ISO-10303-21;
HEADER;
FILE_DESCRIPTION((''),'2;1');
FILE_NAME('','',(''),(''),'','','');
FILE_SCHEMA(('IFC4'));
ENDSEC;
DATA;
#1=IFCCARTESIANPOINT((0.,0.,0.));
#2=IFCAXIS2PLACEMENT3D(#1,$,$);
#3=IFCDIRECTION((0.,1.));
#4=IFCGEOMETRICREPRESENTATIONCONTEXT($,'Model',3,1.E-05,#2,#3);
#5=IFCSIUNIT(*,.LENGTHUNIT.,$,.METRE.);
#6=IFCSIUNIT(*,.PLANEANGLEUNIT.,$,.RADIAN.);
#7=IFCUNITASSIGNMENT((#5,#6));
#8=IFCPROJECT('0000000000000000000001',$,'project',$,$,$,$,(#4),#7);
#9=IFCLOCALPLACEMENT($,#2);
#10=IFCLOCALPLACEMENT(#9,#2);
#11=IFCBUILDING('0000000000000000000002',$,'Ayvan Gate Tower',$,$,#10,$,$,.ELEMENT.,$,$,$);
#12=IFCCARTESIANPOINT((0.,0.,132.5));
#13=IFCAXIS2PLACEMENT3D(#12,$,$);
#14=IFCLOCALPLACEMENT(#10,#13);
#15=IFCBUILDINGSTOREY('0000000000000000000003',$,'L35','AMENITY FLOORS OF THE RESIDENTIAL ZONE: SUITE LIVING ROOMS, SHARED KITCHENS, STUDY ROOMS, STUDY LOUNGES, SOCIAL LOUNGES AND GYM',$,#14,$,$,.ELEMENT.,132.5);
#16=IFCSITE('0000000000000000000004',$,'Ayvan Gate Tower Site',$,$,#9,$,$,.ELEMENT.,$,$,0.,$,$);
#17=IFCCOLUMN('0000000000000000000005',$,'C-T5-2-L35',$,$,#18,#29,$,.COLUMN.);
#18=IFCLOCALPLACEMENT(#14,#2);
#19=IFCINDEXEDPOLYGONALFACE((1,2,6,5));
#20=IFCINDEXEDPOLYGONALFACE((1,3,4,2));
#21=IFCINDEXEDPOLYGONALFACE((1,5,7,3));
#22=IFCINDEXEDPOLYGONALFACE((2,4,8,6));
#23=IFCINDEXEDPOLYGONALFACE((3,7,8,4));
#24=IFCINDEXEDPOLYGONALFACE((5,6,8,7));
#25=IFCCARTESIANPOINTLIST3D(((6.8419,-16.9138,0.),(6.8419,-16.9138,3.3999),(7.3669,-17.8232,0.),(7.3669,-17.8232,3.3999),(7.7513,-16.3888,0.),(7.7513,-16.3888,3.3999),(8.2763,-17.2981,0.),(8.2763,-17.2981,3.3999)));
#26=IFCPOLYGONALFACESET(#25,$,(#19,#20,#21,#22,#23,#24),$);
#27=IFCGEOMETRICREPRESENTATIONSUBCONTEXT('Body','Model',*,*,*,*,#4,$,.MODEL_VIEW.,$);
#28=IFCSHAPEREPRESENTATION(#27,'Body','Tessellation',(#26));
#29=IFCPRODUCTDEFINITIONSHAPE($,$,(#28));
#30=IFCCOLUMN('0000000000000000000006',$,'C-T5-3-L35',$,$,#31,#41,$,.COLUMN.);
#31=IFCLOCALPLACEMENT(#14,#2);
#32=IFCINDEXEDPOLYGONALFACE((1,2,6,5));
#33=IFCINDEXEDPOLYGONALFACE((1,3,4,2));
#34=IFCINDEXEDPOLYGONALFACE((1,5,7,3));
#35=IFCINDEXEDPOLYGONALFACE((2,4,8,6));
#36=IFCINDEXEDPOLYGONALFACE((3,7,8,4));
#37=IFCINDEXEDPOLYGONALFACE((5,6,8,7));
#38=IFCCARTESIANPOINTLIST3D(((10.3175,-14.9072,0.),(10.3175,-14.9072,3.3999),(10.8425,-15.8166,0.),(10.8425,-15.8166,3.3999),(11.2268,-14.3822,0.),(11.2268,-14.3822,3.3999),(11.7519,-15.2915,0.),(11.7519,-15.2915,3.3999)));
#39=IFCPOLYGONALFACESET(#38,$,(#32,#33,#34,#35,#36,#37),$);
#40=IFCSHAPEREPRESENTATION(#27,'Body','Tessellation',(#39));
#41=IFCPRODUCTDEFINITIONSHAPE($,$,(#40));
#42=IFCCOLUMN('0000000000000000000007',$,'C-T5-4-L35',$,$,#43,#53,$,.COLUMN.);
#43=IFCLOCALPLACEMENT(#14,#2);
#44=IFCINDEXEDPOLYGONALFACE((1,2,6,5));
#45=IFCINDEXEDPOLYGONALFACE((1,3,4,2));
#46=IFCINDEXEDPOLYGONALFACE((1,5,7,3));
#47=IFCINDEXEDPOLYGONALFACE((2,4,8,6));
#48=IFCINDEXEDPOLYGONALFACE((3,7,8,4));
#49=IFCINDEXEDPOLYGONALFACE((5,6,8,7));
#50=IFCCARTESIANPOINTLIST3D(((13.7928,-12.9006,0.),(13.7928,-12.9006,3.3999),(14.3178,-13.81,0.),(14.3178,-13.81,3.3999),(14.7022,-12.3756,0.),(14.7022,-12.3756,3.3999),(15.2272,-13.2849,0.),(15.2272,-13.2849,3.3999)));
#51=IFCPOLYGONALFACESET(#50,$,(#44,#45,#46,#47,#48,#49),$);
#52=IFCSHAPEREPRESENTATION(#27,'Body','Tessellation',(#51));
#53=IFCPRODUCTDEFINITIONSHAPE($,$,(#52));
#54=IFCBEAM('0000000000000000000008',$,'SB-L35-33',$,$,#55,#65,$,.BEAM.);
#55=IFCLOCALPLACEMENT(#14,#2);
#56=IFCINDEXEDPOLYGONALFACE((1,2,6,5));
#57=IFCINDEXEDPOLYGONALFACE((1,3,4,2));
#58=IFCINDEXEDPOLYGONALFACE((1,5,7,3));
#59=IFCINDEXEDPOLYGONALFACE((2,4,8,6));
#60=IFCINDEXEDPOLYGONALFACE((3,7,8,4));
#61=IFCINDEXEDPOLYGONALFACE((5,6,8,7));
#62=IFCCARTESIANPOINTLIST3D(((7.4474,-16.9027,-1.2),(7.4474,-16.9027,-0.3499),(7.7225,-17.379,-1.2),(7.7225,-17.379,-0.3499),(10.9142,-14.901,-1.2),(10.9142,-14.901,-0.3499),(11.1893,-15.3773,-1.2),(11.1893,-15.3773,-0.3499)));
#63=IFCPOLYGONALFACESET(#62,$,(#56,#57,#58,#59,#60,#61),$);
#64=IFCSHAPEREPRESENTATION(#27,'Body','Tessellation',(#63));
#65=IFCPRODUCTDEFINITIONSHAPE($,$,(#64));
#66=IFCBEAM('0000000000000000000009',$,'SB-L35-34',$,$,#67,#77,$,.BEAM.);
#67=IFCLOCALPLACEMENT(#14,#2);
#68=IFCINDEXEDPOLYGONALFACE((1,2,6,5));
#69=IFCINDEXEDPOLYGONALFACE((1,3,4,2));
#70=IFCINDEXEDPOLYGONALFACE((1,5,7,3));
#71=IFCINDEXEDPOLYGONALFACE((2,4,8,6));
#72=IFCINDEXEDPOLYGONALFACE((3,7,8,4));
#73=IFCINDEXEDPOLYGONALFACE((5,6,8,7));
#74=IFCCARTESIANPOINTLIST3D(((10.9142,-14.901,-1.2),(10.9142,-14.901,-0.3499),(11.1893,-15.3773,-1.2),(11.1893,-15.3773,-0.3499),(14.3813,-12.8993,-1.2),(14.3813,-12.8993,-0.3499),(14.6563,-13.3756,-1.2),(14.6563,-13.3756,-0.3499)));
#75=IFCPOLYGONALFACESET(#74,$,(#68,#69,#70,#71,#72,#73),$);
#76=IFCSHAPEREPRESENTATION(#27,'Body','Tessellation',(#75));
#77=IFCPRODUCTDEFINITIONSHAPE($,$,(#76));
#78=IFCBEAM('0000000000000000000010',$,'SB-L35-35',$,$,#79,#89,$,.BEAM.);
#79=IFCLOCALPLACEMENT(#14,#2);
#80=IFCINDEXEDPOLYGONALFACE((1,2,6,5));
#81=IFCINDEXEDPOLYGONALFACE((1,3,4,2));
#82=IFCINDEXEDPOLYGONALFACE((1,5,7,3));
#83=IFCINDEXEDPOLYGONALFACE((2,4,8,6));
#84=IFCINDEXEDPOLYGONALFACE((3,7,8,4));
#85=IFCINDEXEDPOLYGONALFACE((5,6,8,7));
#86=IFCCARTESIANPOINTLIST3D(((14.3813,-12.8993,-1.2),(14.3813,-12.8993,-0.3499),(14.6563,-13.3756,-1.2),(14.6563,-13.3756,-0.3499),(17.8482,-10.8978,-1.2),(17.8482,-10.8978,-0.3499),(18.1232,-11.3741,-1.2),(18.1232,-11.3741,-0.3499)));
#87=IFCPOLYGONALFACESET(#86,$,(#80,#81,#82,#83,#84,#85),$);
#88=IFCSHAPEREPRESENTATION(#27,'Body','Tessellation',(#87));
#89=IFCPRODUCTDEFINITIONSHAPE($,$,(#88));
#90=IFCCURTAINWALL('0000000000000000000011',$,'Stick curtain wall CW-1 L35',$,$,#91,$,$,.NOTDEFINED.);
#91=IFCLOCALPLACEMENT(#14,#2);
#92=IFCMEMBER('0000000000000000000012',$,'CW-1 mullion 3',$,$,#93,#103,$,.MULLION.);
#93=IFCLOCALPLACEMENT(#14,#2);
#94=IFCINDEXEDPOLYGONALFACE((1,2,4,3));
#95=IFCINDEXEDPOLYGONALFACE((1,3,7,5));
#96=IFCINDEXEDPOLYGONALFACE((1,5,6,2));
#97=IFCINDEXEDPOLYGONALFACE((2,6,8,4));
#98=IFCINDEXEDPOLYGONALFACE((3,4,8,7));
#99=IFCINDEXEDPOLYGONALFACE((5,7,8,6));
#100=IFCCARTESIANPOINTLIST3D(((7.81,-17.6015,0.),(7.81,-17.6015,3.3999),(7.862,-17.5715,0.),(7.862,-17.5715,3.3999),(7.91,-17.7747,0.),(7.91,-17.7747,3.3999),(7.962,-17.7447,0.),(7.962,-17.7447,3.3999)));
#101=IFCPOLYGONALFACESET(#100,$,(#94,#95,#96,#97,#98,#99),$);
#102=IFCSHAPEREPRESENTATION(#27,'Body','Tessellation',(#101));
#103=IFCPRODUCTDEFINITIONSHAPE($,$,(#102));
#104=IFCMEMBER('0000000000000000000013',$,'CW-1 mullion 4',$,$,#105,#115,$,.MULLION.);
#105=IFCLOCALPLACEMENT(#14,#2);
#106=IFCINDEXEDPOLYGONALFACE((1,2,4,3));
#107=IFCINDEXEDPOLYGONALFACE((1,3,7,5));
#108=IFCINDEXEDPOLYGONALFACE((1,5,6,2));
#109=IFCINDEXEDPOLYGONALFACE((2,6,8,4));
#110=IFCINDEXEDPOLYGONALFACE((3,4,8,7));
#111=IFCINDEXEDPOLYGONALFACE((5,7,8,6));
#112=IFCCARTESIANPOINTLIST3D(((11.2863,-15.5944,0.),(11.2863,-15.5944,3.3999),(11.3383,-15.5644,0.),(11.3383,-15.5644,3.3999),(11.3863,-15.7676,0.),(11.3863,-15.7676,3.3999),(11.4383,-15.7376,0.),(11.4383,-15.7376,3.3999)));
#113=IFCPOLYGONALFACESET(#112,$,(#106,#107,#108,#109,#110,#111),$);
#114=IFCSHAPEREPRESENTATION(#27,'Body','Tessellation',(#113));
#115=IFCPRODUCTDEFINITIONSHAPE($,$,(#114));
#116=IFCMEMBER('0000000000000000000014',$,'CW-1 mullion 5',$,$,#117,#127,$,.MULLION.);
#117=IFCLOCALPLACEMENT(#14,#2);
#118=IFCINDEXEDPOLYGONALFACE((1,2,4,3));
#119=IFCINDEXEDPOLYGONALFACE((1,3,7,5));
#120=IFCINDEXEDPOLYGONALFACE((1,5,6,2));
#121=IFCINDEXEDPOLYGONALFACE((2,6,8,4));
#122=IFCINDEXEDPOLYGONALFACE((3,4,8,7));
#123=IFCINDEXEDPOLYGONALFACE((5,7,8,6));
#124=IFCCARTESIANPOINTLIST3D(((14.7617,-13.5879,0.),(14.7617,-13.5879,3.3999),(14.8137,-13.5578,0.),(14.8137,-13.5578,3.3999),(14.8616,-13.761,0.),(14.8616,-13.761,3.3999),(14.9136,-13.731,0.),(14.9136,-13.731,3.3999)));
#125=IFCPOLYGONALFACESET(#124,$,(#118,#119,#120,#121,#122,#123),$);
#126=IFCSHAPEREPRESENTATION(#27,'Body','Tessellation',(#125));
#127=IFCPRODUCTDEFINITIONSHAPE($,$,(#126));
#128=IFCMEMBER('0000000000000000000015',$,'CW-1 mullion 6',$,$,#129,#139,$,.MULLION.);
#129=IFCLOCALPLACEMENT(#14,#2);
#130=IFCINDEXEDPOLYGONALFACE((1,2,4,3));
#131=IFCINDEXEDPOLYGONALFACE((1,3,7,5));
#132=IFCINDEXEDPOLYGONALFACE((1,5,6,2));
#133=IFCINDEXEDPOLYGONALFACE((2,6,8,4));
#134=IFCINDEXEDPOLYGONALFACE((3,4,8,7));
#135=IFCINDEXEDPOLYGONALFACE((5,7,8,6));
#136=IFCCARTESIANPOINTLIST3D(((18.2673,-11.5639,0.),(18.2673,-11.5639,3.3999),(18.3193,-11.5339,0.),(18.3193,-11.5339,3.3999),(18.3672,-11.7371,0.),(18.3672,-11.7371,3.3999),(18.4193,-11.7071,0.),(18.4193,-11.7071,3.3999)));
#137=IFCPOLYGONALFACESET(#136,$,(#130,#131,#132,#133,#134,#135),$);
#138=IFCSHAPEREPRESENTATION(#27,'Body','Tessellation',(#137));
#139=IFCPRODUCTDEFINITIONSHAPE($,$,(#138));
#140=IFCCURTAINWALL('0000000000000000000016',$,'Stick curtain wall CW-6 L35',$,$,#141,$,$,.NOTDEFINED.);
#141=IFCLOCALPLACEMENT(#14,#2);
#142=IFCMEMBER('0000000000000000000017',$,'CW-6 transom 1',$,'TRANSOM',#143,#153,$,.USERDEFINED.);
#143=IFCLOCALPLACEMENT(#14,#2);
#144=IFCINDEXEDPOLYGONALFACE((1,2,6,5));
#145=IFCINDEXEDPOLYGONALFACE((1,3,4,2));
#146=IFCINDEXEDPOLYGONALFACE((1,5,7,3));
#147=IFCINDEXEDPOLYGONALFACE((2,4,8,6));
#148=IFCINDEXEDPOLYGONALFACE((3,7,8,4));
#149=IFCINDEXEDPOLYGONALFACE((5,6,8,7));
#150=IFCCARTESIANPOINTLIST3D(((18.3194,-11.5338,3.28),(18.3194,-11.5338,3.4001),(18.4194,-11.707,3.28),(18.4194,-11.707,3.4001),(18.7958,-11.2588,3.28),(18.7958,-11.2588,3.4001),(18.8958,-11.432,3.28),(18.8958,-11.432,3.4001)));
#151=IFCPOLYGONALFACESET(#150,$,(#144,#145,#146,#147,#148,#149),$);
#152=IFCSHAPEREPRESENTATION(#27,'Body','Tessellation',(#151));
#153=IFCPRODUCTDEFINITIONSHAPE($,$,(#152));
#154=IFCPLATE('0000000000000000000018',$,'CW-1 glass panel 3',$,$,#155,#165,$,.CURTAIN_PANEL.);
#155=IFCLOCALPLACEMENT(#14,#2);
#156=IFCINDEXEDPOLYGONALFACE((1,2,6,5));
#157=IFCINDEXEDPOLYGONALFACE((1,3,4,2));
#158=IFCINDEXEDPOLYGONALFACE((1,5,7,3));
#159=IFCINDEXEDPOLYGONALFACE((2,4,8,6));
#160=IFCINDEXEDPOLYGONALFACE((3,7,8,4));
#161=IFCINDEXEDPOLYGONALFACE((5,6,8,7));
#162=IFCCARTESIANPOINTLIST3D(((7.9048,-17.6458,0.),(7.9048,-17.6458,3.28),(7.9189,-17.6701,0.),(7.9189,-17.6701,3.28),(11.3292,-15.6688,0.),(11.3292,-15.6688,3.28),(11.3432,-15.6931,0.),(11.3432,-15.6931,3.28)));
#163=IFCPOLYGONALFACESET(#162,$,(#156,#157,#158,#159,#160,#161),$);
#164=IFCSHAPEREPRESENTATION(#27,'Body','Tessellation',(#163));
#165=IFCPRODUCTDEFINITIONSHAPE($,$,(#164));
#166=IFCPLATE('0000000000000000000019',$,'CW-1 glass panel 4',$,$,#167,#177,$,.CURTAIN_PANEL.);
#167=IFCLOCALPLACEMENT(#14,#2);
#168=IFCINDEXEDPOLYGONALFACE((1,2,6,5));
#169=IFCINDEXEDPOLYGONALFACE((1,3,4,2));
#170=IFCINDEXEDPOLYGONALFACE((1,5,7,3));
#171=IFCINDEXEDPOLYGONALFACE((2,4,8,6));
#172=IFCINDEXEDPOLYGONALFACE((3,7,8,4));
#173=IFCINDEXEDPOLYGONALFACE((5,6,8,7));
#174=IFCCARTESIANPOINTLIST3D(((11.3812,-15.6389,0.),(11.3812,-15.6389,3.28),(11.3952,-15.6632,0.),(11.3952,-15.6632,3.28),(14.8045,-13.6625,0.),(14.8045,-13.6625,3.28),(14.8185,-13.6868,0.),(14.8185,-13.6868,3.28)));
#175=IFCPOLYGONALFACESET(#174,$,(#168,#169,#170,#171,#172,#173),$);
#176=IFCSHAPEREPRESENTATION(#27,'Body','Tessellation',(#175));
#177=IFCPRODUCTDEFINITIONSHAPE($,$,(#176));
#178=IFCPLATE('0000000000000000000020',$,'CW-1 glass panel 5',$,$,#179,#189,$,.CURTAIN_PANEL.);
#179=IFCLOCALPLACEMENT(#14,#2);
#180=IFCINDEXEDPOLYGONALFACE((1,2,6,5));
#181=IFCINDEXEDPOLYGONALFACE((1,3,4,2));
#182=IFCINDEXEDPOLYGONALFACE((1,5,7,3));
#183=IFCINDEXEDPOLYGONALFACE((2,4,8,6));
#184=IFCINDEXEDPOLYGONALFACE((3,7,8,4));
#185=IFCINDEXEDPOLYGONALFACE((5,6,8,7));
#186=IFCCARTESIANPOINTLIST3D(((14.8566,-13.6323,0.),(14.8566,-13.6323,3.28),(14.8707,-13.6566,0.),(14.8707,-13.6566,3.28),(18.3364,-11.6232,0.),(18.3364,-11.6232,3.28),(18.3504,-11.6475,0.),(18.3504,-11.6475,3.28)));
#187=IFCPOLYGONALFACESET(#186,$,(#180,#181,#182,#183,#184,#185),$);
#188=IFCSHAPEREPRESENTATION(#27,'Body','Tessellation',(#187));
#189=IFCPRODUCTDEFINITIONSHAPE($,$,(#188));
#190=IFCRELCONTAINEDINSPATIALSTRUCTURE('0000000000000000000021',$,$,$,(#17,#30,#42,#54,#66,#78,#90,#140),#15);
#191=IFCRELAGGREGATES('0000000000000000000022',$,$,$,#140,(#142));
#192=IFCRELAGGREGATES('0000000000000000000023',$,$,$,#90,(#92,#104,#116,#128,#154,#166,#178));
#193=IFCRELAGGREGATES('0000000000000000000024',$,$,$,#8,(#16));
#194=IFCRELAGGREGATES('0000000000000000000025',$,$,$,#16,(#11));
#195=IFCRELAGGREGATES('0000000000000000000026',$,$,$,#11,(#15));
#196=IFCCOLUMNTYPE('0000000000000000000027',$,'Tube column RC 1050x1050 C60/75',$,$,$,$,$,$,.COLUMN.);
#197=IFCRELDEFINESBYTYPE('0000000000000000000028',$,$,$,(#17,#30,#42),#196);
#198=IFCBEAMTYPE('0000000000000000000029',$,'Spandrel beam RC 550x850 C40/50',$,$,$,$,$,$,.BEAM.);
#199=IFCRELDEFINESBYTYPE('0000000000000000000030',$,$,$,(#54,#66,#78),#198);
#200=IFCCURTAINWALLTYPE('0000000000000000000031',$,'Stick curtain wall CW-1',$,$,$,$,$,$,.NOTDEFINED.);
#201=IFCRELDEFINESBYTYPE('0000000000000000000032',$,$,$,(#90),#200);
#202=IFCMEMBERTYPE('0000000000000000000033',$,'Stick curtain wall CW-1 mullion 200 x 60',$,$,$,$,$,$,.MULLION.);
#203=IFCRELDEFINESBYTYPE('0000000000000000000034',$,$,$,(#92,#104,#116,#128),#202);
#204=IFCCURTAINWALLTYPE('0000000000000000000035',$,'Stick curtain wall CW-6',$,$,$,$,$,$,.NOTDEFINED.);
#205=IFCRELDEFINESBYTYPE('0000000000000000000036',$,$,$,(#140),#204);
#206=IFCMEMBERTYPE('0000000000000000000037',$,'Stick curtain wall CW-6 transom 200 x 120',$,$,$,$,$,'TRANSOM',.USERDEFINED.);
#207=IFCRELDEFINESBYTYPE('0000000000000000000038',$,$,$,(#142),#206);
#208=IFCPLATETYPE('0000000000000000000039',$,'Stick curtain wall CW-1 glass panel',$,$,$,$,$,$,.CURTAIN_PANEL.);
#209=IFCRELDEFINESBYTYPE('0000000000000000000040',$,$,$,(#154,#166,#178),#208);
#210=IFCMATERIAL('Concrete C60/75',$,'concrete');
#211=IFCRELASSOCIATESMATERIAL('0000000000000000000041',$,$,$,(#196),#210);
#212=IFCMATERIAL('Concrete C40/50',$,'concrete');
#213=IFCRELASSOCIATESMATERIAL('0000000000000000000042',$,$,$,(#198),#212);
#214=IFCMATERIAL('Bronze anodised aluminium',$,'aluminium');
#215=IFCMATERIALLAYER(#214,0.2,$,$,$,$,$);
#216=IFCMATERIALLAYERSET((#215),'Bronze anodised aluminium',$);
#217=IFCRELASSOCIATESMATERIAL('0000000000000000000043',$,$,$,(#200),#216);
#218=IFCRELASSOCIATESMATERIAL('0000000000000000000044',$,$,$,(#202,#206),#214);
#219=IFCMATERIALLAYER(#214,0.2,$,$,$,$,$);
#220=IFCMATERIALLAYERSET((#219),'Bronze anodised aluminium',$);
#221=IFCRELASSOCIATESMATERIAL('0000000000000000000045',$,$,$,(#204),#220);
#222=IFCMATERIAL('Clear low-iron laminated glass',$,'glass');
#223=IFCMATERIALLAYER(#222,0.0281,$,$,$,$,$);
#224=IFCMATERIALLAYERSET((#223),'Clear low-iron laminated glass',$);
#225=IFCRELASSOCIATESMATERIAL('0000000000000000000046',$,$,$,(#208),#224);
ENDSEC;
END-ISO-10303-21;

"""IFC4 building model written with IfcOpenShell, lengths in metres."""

from ifc_helpers import new_model, si_unit, direction, frame, origin, origin_2d, place, context, subcontext, project, spatial, rectangle, extrude, material, layer, layer_set, material_profile, profile_set, type_object, element, aggregate, save


model = new_model("IFC4")

# Units and contexts
model_context = context("Model", 3, precision=1e-05, world=origin(), true_north=direction((0.0, 1.0)))
body_context = subcontext(model_context, "Body", "Model", "MODEL_VIEW")
ifc_project = project(units=[si_unit("LENGTHUNIT", "METRE"), si_unit("PLANEANGLEUNIT", "RADIAN")], contexts=[model_context])

# Site, building, storey
site_placement = place(None, origin())
site = spatial("IfcSite", under=ifc_project, at=site_placement, Name="Ayvan Gate Tower Site", CompositionType="ELEMENT", RefElevation=0.0)
building_placement = place(site_placement, origin())
building = spatial("IfcBuilding", under=site, at=building_placement, Name="Ayvan Gate Tower", CompositionType="ELEMENT")
storey_placement = place(building_placement, frame((0.0, 0.0, 132.5)))
storey = spatial("IfcBuildingStorey", under=building, at=storey_placement, Name="L35", Description="AMENITY FLOORS OF THE RESIDENTIAL ZONE: SUITE LIVING ROOMS, SHARED KITCHENS, STUDY ROOMS, STUDY LOUNGES, SOCIAL LOUNGES AND GYM", CompositionType="ELEMENT", Elevation=132.5)

# Columns
ifc_material_1 = material(Name="Concrete C60/75", Category="concrete")
ifc_material_profile_1 = material_profile(ifc_material_1, rectangle(XDim=1.05, YDim=1.05, at=origin_2d()), Name="RC 1050x1050")
ifc_profile_set_1 = profile_set([ifc_material_profile_1], Name="Concrete C60/75")
column_type = type_object("IfcColumnType", Name="Tube column RC 1050x1050 C60/75", PredefinedType="COLUMN", material=ifc_profile_set_1)
for number, where, z_axis, x_axis, name in (
    (1, (7.5591, -17.106, 0.0), (0.0, 0.0, 1.0), (0.5, -0.866025, 0.0), "C-T5-2-L35"),
    (2, (11.0347, -15.0994, 0.0), (0.0, 0.0, 1.0), (0.5, -0.866025, 0.0), "C-T5-3-L35"),
    (3, (14.51, -13.0928, 0.0), (0.0, 0.0, 1.0), (0.5, -0.866025, 0.0), "C-T5-4-L35"),
):
    element("IfcColumn", number, at=place(storey_placement, frame(where, z_axis=z_axis, x_axis=x_axis)), inside=storey, type_object=column_type, Name=name, PredefinedType="COLUMN", context=body_context, shape_type="SweptSolid", body=[
        extrude(rectangle(XDim=1.05, YDim=1.05, at=origin_2d()), origin(), (0.0, 0.0, 1.0), 3.3999),
    ])

# Beams
ifc_material_2 = material(Name="Concrete C40/50", Category="concrete")
ifc_material_profile_2 = material_profile(ifc_material_2, rectangle(XDim=0.55, YDim=0.8501, at=origin_2d()), Name="RC 550x850")
ifc_profile_set_2 = profile_set([ifc_material_profile_2], Name="Concrete C40/50")
beam_type = type_object("IfcBeamType", Name="Spandrel beam RC 550x850 C40/50", PredefinedType="BEAM", material=ifc_profile_set_2)
beam_1_placement = place(storey_placement, frame((7.585, -17.1409, -0.7749), z_axis=(0.866009, 0.500029, 0.0), x_axis=(-0.500029, 0.866009, 0.0)))
element("IfcBeam", 4, at=beam_1_placement, inside=storey, type_object=beam_type, Name="SB-L35-33", PredefinedType="BEAM", context=body_context, shape_type="SweptSolid", body=[
    extrude(rectangle(XDim=0.55, YDim=0.8501, at=origin_2d()), origin(), (0.0, 0.0, 1.0), 4.0032),
])
beam_2_placement = place(storey_placement, frame((11.0518, -15.1392, -0.7749), z_axis=(0.866024, 0.500002, 0.0), x_axis=(-0.500002, 0.866024, 0.0)))
element("IfcBeam", 5, at=beam_2_placement, inside=storey, type_object=beam_type, Name="SB-L35-34", PredefinedType="BEAM", context=body_context, shape_type="SweptSolid", body=[
    extrude(rectangle(XDim=0.55, YDim=0.8501, at=origin_2d()), origin(), (0.0, 0.0, 1.0), 4.0034),
])
beam_3_placement = place(storey_placement, frame((14.5188, -13.1375, -0.7749), z_axis=(0.866035, 0.499983, 0.0), x_axis=(-0.499983, 0.866035, 0.0)))
element("IfcBeam", 6, at=beam_3_placement, inside=storey, type_object=beam_type, Name="SB-L35-35", PredefinedType="BEAM", context=body_context, shape_type="SweptSolid", body=[
    extrude(rectangle(XDim=0.55, YDim=0.8501, at=origin_2d()), origin(), (0.0, 0.0, 1.0), 4.0032),
])

# Curtain wall, members
ifc_material_3 = material(Name="Bronze anodised aluminium", Category="aluminium")
ifc_layer_1 = layer(ifc_material_3, 0.2)
ifc_layer_set_1 = layer_set([ifc_layer_1], Name="Bronze anodised aluminium")
curtain_wall_type_1 = type_object("IfcCurtainWallType", Name="Stick curtain wall CW-1", PredefinedType="NOTDEFINED", material=ifc_layer_set_1)
curtain_wall_1_placement = place(storey_placement, origin())
curtain_wall_1 = element("IfcCurtainWall", 7, at=curtain_wall_1_placement, inside=storey, type_object=curtain_wall_type_1, Name="Stick curtain wall CW-1 L35", PredefinedType="NOTDEFINED")
ifc_material_profile_3 = material_profile(ifc_material_3, rectangle(XDim=0.2, YDim=0.0601, at=origin_2d()), Name="Stick curtain wall CW-1 mullion 200 x 60")
ifc_profile_set_3 = profile_set([ifc_material_profile_3], Name="Bronze anodised aluminium")
member_type_1 = type_object("IfcMemberType", Name="Stick curtain wall CW-1 mullion 200 x 60", PredefinedType="MULLION", material=ifc_profile_set_3)
member_1_placement = place(storey_placement, frame((7.886, -17.6731, 0.0), z_axis=(0.0, 0.0, 1.0), x_axis=(0.5, -0.866025, 0.0)))
member_1 = element("IfcMember", 8, at=member_1_placement, type_object=member_type_1, Name="CW-1 mullion 3", PredefinedType="MULLION", context=body_context, shape_type="SweptSolid", body=[
    extrude(rectangle(XDim=0.2, YDim=0.0601, at=origin_2d()), origin(), (0.0, 0.0, 1.0), 3.3999),
])
member_2_placement = place(storey_placement, frame((11.3623, -15.666, 0.0), z_axis=(0.0, 0.0, 1.0), x_axis=(0.5, -0.866025, 0.0)))
member_2 = element("IfcMember", 9, at=member_2_placement, type_object=member_type_1, Name="CW-1 mullion 4", PredefinedType="MULLION", context=body_context, shape_type="SweptSolid", body=[
    extrude(rectangle(XDim=0.2, YDim=0.0601, at=origin_2d()), origin(), (0.0, 0.0, 1.0), 3.3999),
])
member_3_placement = place(storey_placement, frame((14.8376, -13.6594, 0.0), z_axis=(0.0, 0.0, 1.0), x_axis=(0.5, -0.866025, 0.0)))
member_3 = element("IfcMember", 10, at=member_3_placement, type_object=member_type_1, Name="CW-1 mullion 5", PredefinedType="MULLION", context=body_context, shape_type="SweptSolid", body=[
    extrude(rectangle(XDim=0.2, YDim=0.0601, at=origin_2d()), origin(), (0.0, 0.0, 1.0), 3.3999),
])
member_4_placement = place(storey_placement, frame((18.3433, -11.6355, 0.0), z_axis=(0.0, 0.0, 1.0), x_axis=(0.5, -0.866025, 0.0)))
member_4 = element("IfcMember", 11, at=member_4_placement, type_object=member_type_1, Name="CW-1 mullion 6", PredefinedType="MULLION", context=body_context, shape_type="SweptSolid", body=[
    extrude(rectangle(XDim=0.2, YDim=0.0601, at=origin_2d()), origin(), (0.0, 0.0, 1.0), 3.3999),
])

# Curtain wall, member
ifc_layer_2 = layer(ifc_material_3, 0.2)
ifc_layer_set_2 = layer_set([ifc_layer_2], Name="Bronze anodised aluminium")
curtain_wall_type_2 = type_object("IfcCurtainWallType", Name="Stick curtain wall CW-6", PredefinedType="NOTDEFINED", material=ifc_layer_set_2)
curtain_wall_2_placement = place(storey_placement, origin())
curtain_wall_2 = element("IfcCurtainWall", 12, at=curtain_wall_2_placement, inside=storey, type_object=curtain_wall_type_2, Name="Stick curtain wall CW-6 L35", PredefinedType="NOTDEFINED")
ifc_material_profile_4 = material_profile(ifc_material_3, rectangle(XDim=0.2, YDim=0.1201, at=origin_2d()), Name="Stick curtain wall CW-6 transom 200 x 120")
ifc_profile_set_4 = profile_set([ifc_material_profile_4], Name="Bronze anodised aluminium")
member_type_2 = type_object("IfcMemberType", Name="Stick curtain wall CW-6 transom 200 x 120", ElementType="TRANSOM", PredefinedType="USERDEFINED", material=ifc_profile_set_4)
member_5_placement = place(storey_placement, frame((18.3694, -11.6204, 3.3401), z_axis=(0.866104, 0.499863, 0.0), x_axis=(-0.499863, 0.866104, 0.0)))
member_5 = element("IfcMember", 13, at=member_5_placement, type_object=member_type_2, Name="CW-6 transom 1", ObjectType="TRANSOM", PredefinedType="USERDEFINED", context=body_context, shape_type="SweptSolid", body=[
    extrude(rectangle(XDim=0.2, YDim=0.1201, at=origin_2d()), origin(), (0.0, 0.0, 1.0), 0.55),
])
aggregate(curtain_wall_2, [member_5])

# Plates
ifc_material_4 = material(Name="Clear low-iron laminated glass", Category="glass")
ifc_layer_3 = layer(ifc_material_4, 0.0281)
ifc_layer_set_3 = layer_set([ifc_layer_3], Name="Clear low-iron laminated glass")
plate_type = type_object("IfcPlateType", Name="Stick curtain wall CW-1 glass panel", PredefinedType="CURTAIN_PANEL", material=ifc_layer_set_3)
plate_1_placement = place(storey_placement, frame((9.624, -16.6694, 0.0), z_axis=(0.0, 0.0, 1.0), x_axis=(0.866025, 0.5, 0.0)))
plate_1 = element("IfcPlate", 14, at=plate_1_placement, type_object=plate_type, Name="CW-1 glass panel 3", PredefinedType="CURTAIN_PANEL", context=body_context, shape_type="SweptSolid", body=[
    extrude(rectangle(XDim=3.9541, YDim=0.0281, at=origin_2d()), origin(), (0.0, 0.0, 1.0), 3.28),
])
plate_2_placement = place(storey_placement, frame((13.0999, -14.6628, 0.0), z_axis=(0.0, 0.0, 1.0), x_axis=(0.866025, 0.5, 0.0)))
plate_2 = element("IfcPlate", 15, at=plate_2_placement, type_object=plate_type, Name="CW-1 glass panel 4", PredefinedType="CURTAIN_PANEL", context=body_context, shape_type="SweptSolid", body=[
    extrude(rectangle(XDim=3.9529, YDim=0.0281, at=origin_2d()), origin(), (0.0, 0.0, 1.0), 3.28),
])
plate_3_placement = place(storey_placement, frame((16.6035, -12.6399, 0.0), z_axis=(0.0, 0.0, 1.0), x_axis=(0.866025, 0.5, 0.0)))
plate_3 = element("IfcPlate", 16, at=plate_3_placement, type_object=plate_type, Name="CW-1 glass panel 5", PredefinedType="CURTAIN_PANEL", context=body_context, shape_type="SweptSolid", body=[
    extrude(rectangle(XDim=4.0181, YDim=0.0281, at=origin_2d()), origin(), (0.0, 0.0, 1.0), 3.28),
])
aggregate(curtain_wall_1, [member_1, member_2, member_3, member_4, plate_1, plate_2, plate_3])

save(model, "model.ifc")
